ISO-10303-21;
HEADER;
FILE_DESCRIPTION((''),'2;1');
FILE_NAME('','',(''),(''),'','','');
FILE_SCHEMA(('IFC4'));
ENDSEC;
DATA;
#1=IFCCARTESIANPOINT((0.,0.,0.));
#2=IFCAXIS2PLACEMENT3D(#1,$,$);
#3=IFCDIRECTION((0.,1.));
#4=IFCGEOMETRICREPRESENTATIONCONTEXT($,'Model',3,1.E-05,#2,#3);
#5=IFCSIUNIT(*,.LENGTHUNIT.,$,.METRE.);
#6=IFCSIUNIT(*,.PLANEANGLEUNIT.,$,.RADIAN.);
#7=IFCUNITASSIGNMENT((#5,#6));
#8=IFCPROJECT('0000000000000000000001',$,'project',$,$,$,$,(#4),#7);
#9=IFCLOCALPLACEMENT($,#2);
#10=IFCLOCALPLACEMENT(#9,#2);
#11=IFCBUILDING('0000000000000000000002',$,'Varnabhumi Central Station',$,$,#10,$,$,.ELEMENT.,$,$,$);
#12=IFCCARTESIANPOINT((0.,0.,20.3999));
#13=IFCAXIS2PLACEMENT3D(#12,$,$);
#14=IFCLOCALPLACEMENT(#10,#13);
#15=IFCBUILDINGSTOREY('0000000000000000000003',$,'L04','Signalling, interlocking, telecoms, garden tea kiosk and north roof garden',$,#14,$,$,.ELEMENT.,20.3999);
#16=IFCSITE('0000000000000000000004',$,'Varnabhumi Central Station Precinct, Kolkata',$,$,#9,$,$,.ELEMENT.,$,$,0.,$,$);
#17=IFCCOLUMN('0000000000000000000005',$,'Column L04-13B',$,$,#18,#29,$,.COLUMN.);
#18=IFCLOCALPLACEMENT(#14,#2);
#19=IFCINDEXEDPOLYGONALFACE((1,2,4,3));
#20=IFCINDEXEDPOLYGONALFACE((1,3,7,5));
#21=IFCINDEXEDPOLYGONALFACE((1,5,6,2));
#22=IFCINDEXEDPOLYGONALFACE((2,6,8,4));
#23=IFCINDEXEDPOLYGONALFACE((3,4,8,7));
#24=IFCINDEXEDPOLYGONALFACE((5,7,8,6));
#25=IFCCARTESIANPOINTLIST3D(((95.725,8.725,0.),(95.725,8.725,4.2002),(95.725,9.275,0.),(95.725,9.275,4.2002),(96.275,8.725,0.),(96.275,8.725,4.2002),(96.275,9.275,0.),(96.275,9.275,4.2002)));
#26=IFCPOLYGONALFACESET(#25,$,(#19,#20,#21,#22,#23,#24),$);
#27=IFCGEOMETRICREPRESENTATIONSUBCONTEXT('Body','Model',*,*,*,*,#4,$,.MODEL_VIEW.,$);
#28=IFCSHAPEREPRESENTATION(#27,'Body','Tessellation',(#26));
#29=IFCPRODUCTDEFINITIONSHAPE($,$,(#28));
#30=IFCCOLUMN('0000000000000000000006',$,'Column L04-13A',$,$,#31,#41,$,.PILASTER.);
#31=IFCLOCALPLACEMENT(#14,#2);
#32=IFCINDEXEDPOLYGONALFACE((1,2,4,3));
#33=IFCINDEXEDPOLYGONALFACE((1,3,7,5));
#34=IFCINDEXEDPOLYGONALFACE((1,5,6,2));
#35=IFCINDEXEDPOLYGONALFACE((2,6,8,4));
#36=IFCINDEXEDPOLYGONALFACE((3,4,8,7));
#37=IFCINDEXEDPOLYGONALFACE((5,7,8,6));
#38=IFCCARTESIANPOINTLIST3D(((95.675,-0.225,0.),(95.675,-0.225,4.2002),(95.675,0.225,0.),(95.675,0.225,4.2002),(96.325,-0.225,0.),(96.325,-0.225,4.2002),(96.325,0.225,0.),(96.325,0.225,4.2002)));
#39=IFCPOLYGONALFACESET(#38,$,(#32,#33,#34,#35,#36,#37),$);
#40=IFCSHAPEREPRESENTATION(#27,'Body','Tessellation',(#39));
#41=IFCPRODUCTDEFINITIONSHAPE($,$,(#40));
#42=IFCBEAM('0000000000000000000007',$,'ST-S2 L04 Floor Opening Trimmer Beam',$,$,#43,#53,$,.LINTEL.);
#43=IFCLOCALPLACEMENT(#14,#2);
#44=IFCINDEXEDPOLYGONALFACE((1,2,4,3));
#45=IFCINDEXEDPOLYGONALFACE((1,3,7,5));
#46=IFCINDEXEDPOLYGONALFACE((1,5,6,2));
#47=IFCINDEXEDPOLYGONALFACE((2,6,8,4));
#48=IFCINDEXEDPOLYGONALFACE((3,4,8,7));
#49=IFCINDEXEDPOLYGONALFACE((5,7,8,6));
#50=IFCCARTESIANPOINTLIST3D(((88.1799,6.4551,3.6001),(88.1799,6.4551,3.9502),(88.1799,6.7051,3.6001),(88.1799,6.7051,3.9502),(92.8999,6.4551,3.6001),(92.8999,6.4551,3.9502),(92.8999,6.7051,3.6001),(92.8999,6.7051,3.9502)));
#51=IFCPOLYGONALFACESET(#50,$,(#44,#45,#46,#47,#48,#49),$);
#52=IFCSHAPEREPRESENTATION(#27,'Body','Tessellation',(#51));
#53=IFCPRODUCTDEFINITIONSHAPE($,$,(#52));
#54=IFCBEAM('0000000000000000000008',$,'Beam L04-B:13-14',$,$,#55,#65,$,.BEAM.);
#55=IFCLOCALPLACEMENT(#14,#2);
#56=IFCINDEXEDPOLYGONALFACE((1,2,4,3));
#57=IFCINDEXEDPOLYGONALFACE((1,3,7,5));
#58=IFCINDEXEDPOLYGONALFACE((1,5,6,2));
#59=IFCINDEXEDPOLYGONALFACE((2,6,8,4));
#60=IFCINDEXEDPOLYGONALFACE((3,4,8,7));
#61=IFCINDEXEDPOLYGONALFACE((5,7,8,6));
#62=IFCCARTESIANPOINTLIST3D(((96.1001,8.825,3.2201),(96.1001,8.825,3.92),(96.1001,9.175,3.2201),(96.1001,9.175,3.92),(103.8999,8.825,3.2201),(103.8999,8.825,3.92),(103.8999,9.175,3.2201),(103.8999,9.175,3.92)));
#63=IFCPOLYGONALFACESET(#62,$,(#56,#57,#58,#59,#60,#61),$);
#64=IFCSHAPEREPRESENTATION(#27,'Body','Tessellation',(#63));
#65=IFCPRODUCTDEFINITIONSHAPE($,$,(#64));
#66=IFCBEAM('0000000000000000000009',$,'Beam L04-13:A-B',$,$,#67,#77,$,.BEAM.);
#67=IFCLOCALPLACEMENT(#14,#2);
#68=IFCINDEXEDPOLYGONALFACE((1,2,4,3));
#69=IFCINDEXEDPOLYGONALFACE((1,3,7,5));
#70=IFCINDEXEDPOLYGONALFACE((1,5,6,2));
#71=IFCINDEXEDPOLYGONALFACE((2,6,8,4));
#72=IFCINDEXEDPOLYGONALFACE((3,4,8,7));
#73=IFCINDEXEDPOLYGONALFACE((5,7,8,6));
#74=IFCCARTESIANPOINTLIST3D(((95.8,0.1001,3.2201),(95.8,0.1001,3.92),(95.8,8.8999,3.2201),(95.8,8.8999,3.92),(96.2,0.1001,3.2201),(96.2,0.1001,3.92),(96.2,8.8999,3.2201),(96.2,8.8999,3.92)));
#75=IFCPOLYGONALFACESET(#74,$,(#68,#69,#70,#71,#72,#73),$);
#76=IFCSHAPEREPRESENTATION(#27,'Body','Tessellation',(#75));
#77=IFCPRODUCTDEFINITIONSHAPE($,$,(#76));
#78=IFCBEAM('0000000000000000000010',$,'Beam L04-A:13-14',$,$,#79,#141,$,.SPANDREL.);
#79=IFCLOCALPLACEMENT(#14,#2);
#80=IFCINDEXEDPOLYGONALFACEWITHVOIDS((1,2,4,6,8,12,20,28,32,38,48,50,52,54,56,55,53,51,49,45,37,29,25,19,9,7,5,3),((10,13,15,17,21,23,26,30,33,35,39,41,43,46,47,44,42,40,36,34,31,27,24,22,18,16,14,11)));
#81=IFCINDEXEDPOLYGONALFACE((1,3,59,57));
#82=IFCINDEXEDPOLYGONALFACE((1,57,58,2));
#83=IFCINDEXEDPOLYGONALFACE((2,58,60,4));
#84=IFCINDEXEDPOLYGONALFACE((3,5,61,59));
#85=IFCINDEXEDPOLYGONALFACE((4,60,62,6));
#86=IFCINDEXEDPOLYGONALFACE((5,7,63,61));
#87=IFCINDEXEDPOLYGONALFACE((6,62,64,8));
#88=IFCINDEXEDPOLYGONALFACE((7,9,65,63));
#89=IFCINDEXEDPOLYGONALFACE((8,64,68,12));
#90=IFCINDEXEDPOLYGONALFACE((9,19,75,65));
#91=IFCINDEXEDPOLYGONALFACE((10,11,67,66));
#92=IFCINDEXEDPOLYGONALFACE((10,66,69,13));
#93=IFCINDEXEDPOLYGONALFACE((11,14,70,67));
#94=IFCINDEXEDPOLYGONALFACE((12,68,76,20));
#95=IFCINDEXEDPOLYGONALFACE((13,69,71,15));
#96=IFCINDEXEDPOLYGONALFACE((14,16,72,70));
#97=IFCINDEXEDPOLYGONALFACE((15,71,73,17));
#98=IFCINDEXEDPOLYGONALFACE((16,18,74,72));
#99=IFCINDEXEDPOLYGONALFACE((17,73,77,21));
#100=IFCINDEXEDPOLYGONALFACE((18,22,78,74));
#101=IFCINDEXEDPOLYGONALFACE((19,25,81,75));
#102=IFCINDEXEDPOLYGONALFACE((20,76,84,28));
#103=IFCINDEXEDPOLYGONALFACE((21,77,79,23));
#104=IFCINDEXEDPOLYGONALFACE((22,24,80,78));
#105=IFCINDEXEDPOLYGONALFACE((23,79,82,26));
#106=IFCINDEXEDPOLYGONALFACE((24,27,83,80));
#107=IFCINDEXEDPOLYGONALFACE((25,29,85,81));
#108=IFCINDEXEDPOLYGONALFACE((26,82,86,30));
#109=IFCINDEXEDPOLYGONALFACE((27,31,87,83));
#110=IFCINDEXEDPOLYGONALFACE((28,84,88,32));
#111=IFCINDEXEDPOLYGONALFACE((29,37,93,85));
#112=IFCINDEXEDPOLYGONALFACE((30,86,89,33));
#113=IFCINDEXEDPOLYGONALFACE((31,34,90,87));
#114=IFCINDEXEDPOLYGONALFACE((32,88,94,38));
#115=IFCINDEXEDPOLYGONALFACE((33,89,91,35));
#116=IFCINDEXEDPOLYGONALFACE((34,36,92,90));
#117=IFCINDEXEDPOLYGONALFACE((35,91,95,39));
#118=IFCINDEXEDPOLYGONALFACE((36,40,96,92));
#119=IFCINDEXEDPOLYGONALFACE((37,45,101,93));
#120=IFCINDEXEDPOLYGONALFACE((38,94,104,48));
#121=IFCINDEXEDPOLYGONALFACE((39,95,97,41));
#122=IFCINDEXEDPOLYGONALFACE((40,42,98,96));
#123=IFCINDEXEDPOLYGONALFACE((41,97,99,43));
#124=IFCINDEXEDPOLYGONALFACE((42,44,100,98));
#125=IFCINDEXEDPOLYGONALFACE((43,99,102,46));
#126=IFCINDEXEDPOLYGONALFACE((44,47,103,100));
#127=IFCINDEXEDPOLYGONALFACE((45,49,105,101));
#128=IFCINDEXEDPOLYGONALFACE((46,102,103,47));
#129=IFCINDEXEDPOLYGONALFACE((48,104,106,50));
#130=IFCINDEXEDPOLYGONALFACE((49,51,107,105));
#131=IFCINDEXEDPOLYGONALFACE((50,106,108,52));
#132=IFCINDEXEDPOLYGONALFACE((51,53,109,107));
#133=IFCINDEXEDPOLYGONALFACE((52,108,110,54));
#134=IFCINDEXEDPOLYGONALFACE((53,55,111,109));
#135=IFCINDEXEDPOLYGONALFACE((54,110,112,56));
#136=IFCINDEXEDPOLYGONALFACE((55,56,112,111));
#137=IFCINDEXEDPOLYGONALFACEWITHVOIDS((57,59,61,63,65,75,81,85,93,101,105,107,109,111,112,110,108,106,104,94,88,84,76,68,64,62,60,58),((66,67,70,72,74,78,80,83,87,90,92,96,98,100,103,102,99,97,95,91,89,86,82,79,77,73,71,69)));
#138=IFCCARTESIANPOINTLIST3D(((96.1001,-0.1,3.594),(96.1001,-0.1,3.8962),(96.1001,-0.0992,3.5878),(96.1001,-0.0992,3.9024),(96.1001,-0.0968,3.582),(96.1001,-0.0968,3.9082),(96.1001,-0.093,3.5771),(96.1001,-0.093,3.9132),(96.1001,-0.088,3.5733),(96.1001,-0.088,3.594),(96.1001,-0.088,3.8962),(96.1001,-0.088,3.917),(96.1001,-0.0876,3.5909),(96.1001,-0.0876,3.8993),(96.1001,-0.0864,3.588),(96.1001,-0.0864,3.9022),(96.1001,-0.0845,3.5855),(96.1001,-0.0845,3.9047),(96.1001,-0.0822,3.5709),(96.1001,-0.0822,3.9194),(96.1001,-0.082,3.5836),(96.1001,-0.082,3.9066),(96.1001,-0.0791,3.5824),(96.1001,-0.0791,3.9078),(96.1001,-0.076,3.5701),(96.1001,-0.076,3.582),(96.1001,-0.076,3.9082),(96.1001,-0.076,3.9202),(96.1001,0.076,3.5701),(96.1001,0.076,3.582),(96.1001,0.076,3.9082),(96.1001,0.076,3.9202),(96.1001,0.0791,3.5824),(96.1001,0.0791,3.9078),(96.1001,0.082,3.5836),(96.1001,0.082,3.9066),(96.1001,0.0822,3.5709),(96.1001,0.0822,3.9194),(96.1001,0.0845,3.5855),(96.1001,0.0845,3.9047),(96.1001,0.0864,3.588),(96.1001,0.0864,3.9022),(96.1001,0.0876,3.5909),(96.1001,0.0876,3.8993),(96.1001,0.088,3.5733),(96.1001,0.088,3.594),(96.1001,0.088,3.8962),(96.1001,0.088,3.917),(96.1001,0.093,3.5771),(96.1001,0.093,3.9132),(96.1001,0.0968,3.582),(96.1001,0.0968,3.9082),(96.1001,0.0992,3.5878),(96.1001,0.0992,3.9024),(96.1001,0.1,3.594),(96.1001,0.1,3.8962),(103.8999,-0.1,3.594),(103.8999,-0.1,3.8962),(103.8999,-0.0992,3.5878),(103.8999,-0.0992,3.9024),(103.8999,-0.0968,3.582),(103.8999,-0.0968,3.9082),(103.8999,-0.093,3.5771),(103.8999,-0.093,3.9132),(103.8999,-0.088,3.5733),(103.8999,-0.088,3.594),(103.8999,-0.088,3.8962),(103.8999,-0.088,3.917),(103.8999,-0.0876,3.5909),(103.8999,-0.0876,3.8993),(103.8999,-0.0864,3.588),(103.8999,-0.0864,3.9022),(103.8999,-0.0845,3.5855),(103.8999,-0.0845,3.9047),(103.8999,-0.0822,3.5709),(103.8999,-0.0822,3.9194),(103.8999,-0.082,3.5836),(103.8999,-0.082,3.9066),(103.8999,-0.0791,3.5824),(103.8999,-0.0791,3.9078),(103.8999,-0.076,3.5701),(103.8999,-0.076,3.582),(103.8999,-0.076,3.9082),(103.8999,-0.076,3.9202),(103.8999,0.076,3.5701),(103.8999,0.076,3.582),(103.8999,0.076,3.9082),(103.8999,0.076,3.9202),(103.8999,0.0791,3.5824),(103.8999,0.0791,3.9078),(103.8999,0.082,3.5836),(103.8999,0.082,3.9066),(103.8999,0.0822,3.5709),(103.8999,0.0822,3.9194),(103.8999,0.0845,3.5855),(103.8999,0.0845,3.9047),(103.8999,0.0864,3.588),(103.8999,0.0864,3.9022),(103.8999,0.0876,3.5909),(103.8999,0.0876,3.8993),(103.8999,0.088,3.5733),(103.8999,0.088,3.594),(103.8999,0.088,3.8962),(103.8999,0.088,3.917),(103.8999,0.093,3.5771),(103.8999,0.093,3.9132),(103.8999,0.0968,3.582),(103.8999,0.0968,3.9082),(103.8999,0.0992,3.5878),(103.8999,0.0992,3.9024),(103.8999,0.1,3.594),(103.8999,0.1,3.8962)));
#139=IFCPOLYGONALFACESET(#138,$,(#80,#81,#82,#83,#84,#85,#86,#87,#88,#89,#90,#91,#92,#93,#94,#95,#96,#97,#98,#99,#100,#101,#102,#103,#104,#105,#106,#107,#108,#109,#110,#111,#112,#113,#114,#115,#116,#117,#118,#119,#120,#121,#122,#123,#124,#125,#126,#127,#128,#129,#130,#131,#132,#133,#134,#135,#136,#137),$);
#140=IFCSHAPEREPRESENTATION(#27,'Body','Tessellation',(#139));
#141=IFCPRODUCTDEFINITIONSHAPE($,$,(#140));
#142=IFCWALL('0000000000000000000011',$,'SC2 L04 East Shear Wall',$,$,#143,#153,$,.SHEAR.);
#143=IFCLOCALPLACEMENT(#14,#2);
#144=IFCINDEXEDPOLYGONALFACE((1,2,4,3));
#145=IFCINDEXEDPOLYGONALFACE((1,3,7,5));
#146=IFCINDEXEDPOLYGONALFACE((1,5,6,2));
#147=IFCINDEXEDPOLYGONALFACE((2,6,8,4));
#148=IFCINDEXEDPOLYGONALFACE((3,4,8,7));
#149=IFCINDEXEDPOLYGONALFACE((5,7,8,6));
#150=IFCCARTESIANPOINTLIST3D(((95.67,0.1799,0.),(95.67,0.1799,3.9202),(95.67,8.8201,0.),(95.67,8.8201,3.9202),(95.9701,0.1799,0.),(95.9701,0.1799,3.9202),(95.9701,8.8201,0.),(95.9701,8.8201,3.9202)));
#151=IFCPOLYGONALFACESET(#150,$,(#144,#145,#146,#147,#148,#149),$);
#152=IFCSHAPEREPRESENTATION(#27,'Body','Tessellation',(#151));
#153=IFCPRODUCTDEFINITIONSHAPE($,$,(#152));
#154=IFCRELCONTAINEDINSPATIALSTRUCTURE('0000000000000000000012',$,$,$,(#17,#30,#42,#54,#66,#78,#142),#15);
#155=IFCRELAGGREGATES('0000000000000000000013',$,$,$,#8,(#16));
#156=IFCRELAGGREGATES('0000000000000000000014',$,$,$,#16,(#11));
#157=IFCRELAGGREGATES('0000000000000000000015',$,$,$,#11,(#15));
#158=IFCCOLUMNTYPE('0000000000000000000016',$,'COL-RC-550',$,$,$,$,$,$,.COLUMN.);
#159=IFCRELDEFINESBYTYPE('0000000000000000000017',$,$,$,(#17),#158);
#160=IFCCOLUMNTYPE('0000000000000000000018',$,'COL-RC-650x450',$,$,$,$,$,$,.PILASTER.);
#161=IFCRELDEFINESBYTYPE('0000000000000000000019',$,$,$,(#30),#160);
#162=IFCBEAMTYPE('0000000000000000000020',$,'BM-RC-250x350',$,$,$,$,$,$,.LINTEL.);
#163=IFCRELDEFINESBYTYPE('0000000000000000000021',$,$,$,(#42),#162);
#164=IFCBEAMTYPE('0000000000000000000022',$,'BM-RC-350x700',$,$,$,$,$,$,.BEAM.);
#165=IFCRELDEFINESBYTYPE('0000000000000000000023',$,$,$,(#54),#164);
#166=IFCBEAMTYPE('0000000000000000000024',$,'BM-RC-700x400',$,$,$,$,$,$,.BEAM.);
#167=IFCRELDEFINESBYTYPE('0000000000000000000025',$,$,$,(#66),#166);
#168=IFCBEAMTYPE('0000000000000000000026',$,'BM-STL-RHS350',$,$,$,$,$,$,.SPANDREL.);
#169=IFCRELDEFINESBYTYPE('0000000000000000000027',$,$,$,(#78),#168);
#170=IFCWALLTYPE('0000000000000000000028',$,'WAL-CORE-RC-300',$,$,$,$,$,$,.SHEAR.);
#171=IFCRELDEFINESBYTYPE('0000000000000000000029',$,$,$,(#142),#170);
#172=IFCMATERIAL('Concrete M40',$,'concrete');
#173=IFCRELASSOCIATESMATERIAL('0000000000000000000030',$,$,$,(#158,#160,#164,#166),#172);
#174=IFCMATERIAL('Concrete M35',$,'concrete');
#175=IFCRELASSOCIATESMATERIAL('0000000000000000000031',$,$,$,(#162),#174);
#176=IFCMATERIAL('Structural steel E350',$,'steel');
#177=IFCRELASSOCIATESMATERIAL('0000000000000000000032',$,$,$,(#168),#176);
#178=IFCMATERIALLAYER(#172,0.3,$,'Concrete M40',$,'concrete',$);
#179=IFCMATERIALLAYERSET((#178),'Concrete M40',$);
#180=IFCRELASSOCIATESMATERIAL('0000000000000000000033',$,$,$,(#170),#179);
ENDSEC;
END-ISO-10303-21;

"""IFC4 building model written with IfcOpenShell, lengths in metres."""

from ifc_helpers import new_model, si_unit, direction, frame, frame_2d, origin, origin_2d, place, context, subcontext, project, spatial, rectangle, hollow_rectangle, extrude, material, layer, layer_set, material_profile, profile_set, type_object, element, save


model = new_model("IFC4")

# Units and contexts
model_context = context("Model", 3, precision=1e-05, world=origin(), true_north=direction((0.0, 1.0)))
body_context = subcontext(model_context, "Body", "Model", "MODEL_VIEW")
ifc_project = project(units=[si_unit("LENGTHUNIT", "METRE"), si_unit("PLANEANGLEUNIT", "RADIAN")], contexts=[model_context])

# Site, building, storey
site_placement = place(None, origin())
site = spatial("IfcSite", under=ifc_project, at=site_placement, Name="Varnabhumi Central Station Precinct, Kolkata", CompositionType="ELEMENT", RefElevation=0.0)
building_placement = place(site_placement, origin())
building = spatial("IfcBuilding", under=site, at=building_placement, Name="Varnabhumi Central Station", CompositionType="ELEMENT")
storey_placement = place(building_placement, frame((0.0, 0.0, 20.3999)))
storey = spatial("IfcBuildingStorey", under=building, at=storey_placement, Name="L04", Description="Signalling, interlocking, telecoms, garden tea kiosk and north roof garden", CompositionType="ELEMENT", Elevation=20.3999)

# Columns
ifc_material_1 = material(Name="Concrete M40", Category="concrete")
ifc_material_profile_1 = material_profile(ifc_material_1, rectangle(XDim=0.55, YDim=0.55, at=origin_2d()), Name="Concrete M40", Category="concrete")
ifc_profile_set_1 = profile_set([ifc_material_profile_1], Name="Concrete M40")
column_type_1 = type_object("IfcColumnType", Name="COL-RC-550", PredefinedType="COLUMN", material=ifc_profile_set_1)
column_1_placement = place(storey_placement, frame((96.0, 9.0, 0.0), z_axis=(0.0, 0.0, 1.0), x_axis=(1.0, 0.0, 0.0)))
element("IfcColumn", 1, at=column_1_placement, inside=storey, type_object=column_type_1, Name="Column L04-13B", PredefinedType="COLUMN", context=body_context, shape_type="SweptSolid", body=[
    extrude(rectangle(XDim=0.55, YDim=0.55, at=origin_2d()), origin(), (0.0, 0.0, 1.0), 4.2002),
])
ifc_material_profile_2 = material_profile(ifc_material_1, rectangle(XDim=0.6499, YDim=0.45, at=origin_2d()), Name="Concrete M40", Category="concrete")
ifc_profile_set_2 = profile_set([ifc_material_profile_2], Name="Concrete M40")
column_type_2 = type_object("IfcColumnType", Name="COL-RC-650x450", PredefinedType="PILASTER", material=ifc_profile_set_2)
column_2_placement = place(storey_placement, frame((96.0, 0.0, 0.0), z_axis=(0.0, 0.0, 1.0), x_axis=(1.0, 0.0, 0.0)))
element("IfcColumn", 2, at=column_2_placement, inside=storey, type_object=column_type_2, Name="Column L04-13A", PredefinedType="PILASTER", context=body_context, shape_type="SweptSolid", body=[
    extrude(rectangle(XDim=0.6499, YDim=0.45, at=origin_2d()), origin(), (0.0, 0.0, 1.0), 4.2002),
])

# Beams
ifc_material_2 = material(Name="Concrete M35", Category="concrete")
ifc_material_profile_3 = material_profile(ifc_material_2, rectangle(XDim=0.25, YDim=0.3501, at=origin_2d()), Name="Concrete M35", Category="concrete")
ifc_profile_set_3 = profile_set([ifc_material_profile_3], Name="Concrete M35")
beam_type_1 = type_object("IfcBeamType", Name="BM-RC-250x350", PredefinedType="LINTEL", material=ifc_profile_set_3)
beam_1_placement = place(storey_placement, frame((88.1799, 6.5801, 3.7751), z_axis=(1.0, 0.0, 0.0), x_axis=(0.0, 1.0, 0.0)))
element("IfcBeam", 3, at=beam_1_placement, inside=storey, type_object=beam_type_1, Name="ST-S2 L04 Floor Opening Trimmer Beam", PredefinedType="LINTEL", context=body_context, shape_type="SweptSolid", body=[
    extrude(rectangle(XDim=0.25, YDim=0.3501, at=origin_2d()), origin(), (0.0, 0.0, 1.0), 4.72),
])
ifc_material_profile_4 = material_profile(ifc_material_1, rectangle(XDim=0.3501, YDim=0.7, at=origin_2d()), Name="Concrete M40", Category="concrete")
ifc_profile_set_4 = profile_set([ifc_material_profile_4], Name="Concrete M40")
beam_type_2 = type_object("IfcBeamType", Name="BM-RC-350x700", PredefinedType="BEAM", material=ifc_profile_set_4)
beam_2_placement = place(storey_placement, frame((96.1001, 9.0, 3.5701), z_axis=(1.0, 0.0, 0.0), x_axis=(0.0, 1.0, 0.0)))
element("IfcBeam", 4, at=beam_2_placement, inside=storey, type_object=beam_type_2, Name="Beam L04-B:13-14", PredefinedType="BEAM", context=body_context, shape_type="SweptSolid", body=[
    extrude(rectangle(XDim=0.3501, YDim=0.7, at=origin_2d()), origin(), (0.0, 0.0, 1.0), 7.7998),
])
ifc_material_profile_5 = material_profile(ifc_material_1, rectangle(XDim=0.3999, YDim=0.7, at=origin_2d()), Name="Concrete M40", Category="concrete")
ifc_profile_set_5 = profile_set([ifc_material_profile_5], Name="Concrete M40")
beam_type_3 = type_object("IfcBeamType", Name="BM-RC-700x400", PredefinedType="BEAM", material=ifc_profile_set_5)
beam_3_placement = place(storey_placement, frame((96.0, 0.1001, 3.5701), z_axis=(0.0, 1.0, 0.0), x_axis=(-1.0, 0.0, 0.0)))
element("IfcBeam", 5, at=beam_3_placement, inside=storey, type_object=beam_type_3, Name="Beam L04-13:A-B", PredefinedType="BEAM", context=body_context, shape_type="SweptSolid", body=[
    extrude(rectangle(XDim=0.3999, YDim=0.7, at=origin_2d()), origin(), (0.0, 0.0, 1.0), 8.7998),
])
ifc_material_3 = material(Name="Structural steel E350", Category="steel")
ifc_material_profile_6 = material_profile(ifc_material_3, hollow_rectangle(XDim=0.2, YDim=0.3501, WallThickness=0.012, InnerFilletRadius=0.012, OuterFilletRadius=0.0239, at=origin_2d()), Name="Structural steel E350", Category="steel")
ifc_profile_set_6 = profile_set([ifc_material_profile_6], Name="Structural steel E350")
beam_type_4 = type_object("IfcBeamType", Name="BM-STL-RHS350", PredefinedType="SPANDREL", material=ifc_profile_set_6)
beam_4_placement = place(storey_placement, frame((96.1001, 0.0, 3.7451), z_axis=(1.0, 0.0, 0.0), x_axis=(0.0, 1.0, 0.0)))
element("IfcBeam", 6, at=beam_4_placement, inside=storey, type_object=beam_type_4, Name="Beam L04-A:13-14", PredefinedType="SPANDREL", context=body_context, shape_type="SweptSolid", body=[
    extrude(hollow_rectangle(XDim=0.2, YDim=0.3501, WallThickness=0.012, InnerFilletRadius=0.012, OuterFilletRadius=0.0239, at=origin_2d()), origin(), (0.0, 0.0, 1.0), 7.7998),
])

# Wall
ifc_layer_1 = layer(ifc_material_1, 0.3, Name="Concrete M40", Category="concrete")
ifc_layer_set_1 = layer_set([ifc_layer_1], Name="Concrete M40")
wall_type_1 = type_object("IfcWallType", Name="WAL-CORE-RC-300", PredefinedType="SHEAR", material=ifc_layer_set_1)
wall_1_placement = place(storey_placement, frame((95.8201, 0.1799, 0.0), z_axis=(0.0, 0.0, 1.0), x_axis=(0.0, 1.0, 0.0)))
element("IfcWall", 7, at=wall_1_placement, inside=storey, type_object=wall_type_1, Name="SC2 L04 East Shear Wall", PredefinedType="SHEAR", context=body_context, shape_type="SweptSolid", body=[
    extrude(rectangle(XDim=8.6401, YDim=0.3, at=frame_2d((4.3201, 0.0))), origin(), (0.0, 0.0, 1.0), 3.9202),
])

save(model, "model.ifc")
